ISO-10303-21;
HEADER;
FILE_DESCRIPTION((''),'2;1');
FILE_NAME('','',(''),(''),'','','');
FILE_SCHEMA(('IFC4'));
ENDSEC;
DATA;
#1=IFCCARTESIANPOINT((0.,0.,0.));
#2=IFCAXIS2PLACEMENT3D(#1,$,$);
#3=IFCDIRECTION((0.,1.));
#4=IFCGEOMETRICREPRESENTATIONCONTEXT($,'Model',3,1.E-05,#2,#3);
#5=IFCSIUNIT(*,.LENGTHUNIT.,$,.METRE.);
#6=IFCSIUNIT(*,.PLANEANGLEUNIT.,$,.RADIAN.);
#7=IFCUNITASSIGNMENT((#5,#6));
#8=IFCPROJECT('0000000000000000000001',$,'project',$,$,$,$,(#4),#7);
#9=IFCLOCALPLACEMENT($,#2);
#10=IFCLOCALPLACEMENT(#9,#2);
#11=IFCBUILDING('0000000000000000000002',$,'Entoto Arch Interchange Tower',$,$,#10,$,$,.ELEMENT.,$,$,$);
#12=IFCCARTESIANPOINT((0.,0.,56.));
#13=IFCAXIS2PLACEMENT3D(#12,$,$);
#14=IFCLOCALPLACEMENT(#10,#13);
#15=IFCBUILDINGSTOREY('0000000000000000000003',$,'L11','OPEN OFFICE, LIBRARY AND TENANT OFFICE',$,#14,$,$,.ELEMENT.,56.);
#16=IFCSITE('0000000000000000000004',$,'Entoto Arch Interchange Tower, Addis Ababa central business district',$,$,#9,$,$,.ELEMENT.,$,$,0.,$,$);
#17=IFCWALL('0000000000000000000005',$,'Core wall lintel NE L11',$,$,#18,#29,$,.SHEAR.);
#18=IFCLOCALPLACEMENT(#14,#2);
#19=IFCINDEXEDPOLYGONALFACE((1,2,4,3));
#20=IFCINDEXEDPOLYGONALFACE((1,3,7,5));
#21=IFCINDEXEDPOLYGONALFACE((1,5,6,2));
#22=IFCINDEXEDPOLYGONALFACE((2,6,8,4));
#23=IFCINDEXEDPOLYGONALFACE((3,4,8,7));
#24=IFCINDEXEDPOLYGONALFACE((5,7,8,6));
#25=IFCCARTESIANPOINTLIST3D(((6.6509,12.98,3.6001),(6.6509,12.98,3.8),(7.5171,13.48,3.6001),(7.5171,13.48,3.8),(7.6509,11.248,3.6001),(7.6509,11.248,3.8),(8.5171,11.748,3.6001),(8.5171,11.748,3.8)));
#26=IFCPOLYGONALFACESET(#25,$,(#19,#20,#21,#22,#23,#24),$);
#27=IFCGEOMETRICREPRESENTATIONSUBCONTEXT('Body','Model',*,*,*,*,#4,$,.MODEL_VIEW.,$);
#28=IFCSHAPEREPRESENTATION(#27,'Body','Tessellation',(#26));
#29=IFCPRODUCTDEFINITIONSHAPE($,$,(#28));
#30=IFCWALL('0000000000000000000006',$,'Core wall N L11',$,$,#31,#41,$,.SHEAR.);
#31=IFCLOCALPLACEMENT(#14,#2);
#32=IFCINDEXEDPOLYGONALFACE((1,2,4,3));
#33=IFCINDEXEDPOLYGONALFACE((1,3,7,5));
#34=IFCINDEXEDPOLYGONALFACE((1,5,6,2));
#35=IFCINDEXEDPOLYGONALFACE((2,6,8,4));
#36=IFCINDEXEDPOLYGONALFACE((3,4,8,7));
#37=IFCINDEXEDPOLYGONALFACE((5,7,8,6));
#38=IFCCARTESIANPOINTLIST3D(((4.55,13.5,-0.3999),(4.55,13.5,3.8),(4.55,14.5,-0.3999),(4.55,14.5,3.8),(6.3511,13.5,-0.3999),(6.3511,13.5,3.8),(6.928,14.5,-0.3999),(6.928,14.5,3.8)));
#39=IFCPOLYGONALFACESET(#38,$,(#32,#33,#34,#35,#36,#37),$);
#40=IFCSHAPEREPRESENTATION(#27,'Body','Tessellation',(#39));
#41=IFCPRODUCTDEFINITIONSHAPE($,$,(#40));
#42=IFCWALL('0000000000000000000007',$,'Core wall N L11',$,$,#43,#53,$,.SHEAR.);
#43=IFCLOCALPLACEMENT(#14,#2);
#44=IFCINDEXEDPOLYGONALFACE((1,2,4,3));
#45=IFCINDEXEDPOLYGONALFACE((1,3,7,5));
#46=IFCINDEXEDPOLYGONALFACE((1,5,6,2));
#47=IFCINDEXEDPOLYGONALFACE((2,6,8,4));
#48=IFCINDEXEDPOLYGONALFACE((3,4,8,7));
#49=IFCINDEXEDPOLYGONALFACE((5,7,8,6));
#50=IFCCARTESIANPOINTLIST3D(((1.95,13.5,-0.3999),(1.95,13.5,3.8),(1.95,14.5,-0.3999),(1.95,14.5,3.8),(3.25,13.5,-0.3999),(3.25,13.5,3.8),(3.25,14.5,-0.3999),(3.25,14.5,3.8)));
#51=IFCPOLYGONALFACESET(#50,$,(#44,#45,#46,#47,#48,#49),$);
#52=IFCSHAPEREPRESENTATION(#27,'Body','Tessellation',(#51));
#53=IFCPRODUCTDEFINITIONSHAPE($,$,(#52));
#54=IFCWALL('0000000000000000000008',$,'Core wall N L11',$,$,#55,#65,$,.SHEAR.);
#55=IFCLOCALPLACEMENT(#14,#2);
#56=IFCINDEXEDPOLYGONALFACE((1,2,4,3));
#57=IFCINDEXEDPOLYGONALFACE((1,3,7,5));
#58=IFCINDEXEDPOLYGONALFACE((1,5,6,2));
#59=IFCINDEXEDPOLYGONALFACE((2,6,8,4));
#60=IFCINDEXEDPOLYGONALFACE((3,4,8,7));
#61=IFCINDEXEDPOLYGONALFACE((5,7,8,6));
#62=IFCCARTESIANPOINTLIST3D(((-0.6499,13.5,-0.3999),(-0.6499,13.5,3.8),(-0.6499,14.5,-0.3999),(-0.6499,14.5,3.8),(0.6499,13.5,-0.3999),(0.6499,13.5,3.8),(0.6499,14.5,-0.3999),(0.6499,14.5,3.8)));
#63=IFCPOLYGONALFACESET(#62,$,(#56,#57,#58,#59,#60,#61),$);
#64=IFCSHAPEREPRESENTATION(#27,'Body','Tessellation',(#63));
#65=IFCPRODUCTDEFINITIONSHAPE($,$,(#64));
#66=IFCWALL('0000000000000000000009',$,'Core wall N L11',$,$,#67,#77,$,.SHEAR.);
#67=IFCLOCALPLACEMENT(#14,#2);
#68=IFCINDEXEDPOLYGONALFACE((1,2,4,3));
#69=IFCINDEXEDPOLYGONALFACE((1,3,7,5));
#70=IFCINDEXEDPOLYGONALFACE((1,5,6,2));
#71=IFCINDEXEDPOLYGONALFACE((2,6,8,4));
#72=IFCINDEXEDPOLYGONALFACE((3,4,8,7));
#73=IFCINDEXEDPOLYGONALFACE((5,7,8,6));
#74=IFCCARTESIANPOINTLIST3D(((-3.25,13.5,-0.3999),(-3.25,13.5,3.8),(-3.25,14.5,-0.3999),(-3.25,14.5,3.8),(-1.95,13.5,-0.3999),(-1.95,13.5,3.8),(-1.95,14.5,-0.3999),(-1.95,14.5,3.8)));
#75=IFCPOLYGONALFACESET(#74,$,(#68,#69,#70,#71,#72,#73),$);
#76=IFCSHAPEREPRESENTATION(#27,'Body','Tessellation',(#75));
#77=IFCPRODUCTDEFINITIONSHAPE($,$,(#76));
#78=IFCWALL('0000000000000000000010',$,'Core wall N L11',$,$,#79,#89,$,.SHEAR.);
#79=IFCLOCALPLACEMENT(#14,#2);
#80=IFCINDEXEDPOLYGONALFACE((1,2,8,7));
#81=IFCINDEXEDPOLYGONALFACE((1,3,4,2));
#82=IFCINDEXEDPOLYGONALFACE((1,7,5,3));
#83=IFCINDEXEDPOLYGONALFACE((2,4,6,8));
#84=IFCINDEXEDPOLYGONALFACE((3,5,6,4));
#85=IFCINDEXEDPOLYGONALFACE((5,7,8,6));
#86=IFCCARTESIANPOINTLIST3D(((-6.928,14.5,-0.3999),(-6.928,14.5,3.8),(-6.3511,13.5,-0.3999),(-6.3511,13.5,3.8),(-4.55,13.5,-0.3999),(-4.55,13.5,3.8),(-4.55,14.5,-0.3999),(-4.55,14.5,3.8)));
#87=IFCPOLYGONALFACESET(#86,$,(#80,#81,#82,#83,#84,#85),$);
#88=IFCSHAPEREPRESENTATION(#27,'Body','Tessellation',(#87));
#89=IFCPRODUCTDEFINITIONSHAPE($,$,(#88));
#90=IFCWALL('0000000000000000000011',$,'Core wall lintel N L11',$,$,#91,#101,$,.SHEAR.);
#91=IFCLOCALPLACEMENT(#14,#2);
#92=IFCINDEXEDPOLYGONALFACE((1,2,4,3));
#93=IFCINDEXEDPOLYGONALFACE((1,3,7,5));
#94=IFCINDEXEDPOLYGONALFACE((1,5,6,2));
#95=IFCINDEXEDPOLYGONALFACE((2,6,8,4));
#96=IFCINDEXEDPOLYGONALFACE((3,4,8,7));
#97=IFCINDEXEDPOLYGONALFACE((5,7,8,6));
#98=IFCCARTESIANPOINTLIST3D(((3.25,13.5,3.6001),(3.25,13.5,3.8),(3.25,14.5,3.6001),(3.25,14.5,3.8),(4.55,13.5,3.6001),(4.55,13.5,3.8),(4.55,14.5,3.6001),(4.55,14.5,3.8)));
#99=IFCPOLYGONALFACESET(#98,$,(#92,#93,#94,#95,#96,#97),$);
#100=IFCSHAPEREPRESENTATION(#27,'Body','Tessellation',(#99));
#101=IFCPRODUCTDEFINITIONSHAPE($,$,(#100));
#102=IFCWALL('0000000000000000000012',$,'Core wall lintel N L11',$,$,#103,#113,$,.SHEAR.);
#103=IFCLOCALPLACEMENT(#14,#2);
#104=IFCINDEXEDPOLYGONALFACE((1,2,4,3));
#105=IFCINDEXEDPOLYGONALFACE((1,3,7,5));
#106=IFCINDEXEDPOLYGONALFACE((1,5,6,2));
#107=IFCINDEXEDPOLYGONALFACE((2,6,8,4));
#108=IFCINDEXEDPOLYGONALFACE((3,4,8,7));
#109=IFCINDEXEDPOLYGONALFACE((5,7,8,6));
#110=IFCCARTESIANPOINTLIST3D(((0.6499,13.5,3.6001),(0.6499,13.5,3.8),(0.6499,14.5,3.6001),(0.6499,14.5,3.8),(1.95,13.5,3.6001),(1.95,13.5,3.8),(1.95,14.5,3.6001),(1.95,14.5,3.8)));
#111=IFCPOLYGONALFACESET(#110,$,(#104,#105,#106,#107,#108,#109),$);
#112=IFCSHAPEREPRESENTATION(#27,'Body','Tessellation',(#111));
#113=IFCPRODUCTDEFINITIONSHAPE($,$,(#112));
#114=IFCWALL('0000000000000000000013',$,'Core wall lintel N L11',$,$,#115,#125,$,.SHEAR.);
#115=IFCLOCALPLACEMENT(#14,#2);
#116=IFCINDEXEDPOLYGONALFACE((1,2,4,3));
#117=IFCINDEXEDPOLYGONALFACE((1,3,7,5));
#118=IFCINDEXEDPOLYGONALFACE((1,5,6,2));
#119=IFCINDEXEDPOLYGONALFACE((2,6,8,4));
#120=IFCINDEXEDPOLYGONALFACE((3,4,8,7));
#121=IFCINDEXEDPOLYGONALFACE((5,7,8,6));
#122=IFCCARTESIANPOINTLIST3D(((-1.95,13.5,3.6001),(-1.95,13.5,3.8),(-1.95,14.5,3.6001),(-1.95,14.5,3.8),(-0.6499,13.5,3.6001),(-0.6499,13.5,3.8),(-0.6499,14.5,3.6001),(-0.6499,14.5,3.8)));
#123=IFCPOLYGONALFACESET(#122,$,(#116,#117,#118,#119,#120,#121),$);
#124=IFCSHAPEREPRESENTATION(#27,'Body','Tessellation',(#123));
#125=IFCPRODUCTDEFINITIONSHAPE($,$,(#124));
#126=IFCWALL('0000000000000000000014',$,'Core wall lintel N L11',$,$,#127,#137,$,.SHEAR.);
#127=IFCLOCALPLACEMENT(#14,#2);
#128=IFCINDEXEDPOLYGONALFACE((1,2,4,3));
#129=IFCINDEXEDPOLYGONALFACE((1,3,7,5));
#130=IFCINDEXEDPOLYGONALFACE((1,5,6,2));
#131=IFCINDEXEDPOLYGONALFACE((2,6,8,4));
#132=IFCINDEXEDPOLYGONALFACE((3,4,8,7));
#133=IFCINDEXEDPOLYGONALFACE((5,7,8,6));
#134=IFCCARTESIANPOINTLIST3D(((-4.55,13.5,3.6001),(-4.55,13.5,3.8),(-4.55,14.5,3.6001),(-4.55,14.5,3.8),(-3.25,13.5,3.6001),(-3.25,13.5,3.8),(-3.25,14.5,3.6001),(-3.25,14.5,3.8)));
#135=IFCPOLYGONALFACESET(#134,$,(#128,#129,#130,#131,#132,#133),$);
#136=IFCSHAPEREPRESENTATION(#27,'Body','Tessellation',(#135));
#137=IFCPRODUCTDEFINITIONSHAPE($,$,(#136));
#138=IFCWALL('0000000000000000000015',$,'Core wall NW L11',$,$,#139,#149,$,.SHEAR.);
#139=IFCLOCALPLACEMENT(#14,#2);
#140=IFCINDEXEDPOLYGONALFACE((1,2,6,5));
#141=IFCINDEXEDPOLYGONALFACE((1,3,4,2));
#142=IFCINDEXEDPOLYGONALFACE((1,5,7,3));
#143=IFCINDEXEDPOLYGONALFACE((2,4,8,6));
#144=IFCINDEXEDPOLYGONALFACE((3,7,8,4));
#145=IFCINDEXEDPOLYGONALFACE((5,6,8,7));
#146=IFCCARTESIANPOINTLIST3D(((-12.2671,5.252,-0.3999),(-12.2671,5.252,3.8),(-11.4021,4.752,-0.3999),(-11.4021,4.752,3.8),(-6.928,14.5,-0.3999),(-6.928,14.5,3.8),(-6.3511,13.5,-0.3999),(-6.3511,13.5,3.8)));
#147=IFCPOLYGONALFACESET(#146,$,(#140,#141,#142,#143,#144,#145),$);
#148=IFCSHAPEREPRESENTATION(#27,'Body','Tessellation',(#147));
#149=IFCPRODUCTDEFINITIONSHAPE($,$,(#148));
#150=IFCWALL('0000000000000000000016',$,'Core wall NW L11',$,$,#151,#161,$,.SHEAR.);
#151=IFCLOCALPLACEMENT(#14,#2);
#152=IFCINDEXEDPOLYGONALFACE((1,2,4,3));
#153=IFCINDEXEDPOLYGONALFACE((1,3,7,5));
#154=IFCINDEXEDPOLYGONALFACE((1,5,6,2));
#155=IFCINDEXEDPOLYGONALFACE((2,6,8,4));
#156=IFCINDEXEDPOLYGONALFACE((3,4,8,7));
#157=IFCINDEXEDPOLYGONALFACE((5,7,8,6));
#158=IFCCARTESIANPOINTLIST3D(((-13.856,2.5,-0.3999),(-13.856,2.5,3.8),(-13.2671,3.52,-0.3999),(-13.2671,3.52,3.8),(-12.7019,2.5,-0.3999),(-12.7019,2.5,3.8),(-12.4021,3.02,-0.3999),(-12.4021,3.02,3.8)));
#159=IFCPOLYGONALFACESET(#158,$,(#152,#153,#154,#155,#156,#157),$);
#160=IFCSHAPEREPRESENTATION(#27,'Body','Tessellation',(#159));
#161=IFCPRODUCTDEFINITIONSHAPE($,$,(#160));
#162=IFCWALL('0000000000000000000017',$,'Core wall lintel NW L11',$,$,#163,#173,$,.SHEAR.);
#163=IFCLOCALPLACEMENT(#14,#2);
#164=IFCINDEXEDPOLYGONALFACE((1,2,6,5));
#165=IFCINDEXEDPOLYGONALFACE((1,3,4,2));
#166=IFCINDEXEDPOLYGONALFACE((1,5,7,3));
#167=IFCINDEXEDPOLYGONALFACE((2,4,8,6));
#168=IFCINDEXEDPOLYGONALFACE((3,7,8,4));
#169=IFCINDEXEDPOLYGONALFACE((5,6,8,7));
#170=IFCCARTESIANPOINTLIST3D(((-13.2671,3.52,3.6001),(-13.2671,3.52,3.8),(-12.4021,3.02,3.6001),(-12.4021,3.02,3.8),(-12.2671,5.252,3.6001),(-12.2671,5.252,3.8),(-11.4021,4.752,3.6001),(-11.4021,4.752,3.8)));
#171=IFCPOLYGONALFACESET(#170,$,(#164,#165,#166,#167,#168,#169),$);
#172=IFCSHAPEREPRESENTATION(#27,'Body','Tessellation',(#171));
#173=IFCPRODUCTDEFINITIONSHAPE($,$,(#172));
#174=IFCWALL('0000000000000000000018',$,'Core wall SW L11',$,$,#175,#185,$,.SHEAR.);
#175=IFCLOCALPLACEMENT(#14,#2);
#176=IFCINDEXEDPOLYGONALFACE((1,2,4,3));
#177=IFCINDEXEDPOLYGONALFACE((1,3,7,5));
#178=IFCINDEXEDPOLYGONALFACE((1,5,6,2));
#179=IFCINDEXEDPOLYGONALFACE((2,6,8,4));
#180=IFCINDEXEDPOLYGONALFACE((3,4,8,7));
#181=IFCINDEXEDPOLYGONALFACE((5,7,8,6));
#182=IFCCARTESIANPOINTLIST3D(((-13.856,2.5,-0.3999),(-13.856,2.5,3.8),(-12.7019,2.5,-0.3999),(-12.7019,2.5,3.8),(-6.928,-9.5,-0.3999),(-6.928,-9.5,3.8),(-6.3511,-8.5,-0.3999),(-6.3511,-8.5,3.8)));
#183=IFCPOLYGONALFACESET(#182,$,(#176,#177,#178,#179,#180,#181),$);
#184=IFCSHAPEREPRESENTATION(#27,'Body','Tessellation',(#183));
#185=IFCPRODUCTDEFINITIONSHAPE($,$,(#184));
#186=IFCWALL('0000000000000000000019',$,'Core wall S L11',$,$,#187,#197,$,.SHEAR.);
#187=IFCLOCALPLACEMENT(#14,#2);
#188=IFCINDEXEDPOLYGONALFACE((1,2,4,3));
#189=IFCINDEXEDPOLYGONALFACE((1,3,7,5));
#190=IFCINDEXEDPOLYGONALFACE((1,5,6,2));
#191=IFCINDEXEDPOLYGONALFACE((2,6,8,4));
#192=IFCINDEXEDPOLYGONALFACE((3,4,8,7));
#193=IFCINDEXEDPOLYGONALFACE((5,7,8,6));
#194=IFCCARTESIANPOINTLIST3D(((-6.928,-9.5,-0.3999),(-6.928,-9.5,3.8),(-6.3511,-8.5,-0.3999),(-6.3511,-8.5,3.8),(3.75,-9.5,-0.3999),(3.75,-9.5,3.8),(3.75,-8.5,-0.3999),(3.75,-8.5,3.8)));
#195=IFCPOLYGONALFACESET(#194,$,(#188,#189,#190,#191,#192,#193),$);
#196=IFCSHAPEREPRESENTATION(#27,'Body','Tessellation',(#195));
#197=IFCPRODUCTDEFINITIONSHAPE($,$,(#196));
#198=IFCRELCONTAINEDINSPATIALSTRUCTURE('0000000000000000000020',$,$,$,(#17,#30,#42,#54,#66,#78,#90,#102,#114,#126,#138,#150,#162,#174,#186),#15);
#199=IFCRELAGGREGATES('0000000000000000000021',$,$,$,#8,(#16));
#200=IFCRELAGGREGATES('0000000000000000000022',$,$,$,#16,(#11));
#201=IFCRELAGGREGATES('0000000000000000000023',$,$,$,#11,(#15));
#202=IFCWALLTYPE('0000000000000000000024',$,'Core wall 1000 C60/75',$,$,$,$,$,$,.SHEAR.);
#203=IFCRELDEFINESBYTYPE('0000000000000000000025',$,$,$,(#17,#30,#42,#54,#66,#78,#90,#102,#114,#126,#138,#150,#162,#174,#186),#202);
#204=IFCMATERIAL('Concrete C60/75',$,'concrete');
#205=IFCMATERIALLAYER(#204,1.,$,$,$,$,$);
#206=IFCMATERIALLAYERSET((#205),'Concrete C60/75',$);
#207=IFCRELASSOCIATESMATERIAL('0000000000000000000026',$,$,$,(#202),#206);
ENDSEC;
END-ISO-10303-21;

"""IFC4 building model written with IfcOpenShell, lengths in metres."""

from ifc_helpers import new_model, si_unit, direction, frame, origin, place, context, subcontext, project, spatial, polyline, outline, extrude, material, layer, layer_set, type_object, element, save


model = new_model("IFC4")

# Units and contexts
model_context = context("Model", 3, precision=1e-05, world=origin(), true_north=direction((0.0, 1.0)))
body_context = subcontext(model_context, "Body", "Model", "MODEL_VIEW")
ifc_project = project(units=[si_unit("LENGTHUNIT", "METRE"), si_unit("PLANEANGLEUNIT", "RADIAN")], contexts=[model_context])

# Site, building, storey
site_placement = place(None, origin())
site = spatial("IfcSite", under=ifc_project, at=site_placement, Name="Entoto Arch Interchange Tower, Addis Ababa central business district", CompositionType="ELEMENT", RefElevation=0.0)
building_placement = place(site_placement, origin())
building = spatial("IfcBuilding", under=site, at=building_placement, Name="Entoto Arch Interchange Tower", CompositionType="ELEMENT")
storey_placement = place(building_placement, frame((0.0, 0.0, 56.0)))
storey = spatial("IfcBuildingStorey", under=building, at=storey_placement, Name="L11", Description="OPEN OFFICE, LIBRARY AND TENANT OFFICE", CompositionType="ELEMENT", Elevation=56.0)

# Walls
ifc_material_1 = material(Name="Concrete C60/75", Category="concrete")
ifc_layer_1 = layer(ifc_material_1, 1.0)
ifc_layer_set_1 = layer_set([ifc_layer_1], Name="Concrete C60/75")
wall_type_1 = type_object("IfcWallType", Name="Core wall 1000 C60/75", PredefinedType="SHEAR", material=ifc_layer_set_1)
wall_1_placement = place(storey_placement, frame((0.0, 0.0, 3.6001)))
element("IfcWall", 1, at=wall_1_placement, inside=storey, type_object=wall_type_1, Name="Core wall lintel NE L11", PredefinedType="SHEAR", context=body_context, shape_type="SweptSolid", body=[
    extrude(outline(polyline([(7.5171, 13.48), (6.6509, 12.98), (7.6509, 11.248), (8.5171, 11.748), (7.5171, 13.48)])), origin(), (0.0, 0.0, 1.0), 0.2),
])
wall_2_placement = place(storey_placement, frame((0.0, 0.0, -0.3999)))
element("IfcWall", 2, at=wall_2_placement, inside=storey, type_object=wall_type_1, Name="Core wall N L11", PredefinedType="SHEAR", context=body_context, shape_type="SweptSolid", body=[
    extrude(outline(polyline([(4.55, 14.5), (4.55, 13.5), (6.3511, 13.5), (6.928, 14.5), (4.55, 14.5)])), origin(), (0.0, 0.0, 1.0), 4.2),
])
wall_3_placement = place(storey_placement, frame((0.0, 0.0, -0.3999)))
element("IfcWall", 3, at=wall_3_placement, inside=storey, type_object=wall_type_1, Name="Core wall N L11", PredefinedType="SHEAR", context=body_context, shape_type="SweptSolid", body=[
    extrude(outline(polyline([(1.95, 14.5), (1.95, 13.5), (3.25, 13.5), (3.25, 14.5), (1.95, 14.5)])), origin(), (0.0, 0.0, 1.0), 4.2),
])
wall_4_placement = place(storey_placement, frame((0.0, 0.0, -0.3999)))
element("IfcWall", 4, at=wall_4_placement, inside=storey, type_object=wall_type_1, Name="Core wall N L11", PredefinedType="SHEAR", context=body_context, shape_type="SweptSolid", body=[
    extrude(outline(polyline([(-0.6499, 14.5), (-0.6499, 13.5), (0.6499, 13.5), (0.6499, 14.5), (-0.6499, 14.5)])), origin(), (0.0, 0.0, 1.0), 4.2),
])
wall_5_placement = place(storey_placement, frame((0.0, 0.0, -0.3999)))
element("IfcWall", 5, at=wall_5_placement, inside=storey, type_object=wall_type_1, Name="Core wall N L11", PredefinedType="SHEAR", context=body_context, shape_type="SweptSolid", body=[
    extrude(outline(polyline([(-3.25, 14.5), (-3.25, 13.5), (-1.95, 13.5), (-1.95, 14.5), (-3.25, 14.5)])), origin(), (0.0, 0.0, 1.0), 4.2),
])
wall_6_placement = place(storey_placement, frame((0.0, 0.0, -0.3999)))
element("IfcWall", 6, at=wall_6_placement, inside=storey, type_object=wall_type_1, Name="Core wall N L11", PredefinedType="SHEAR", context=body_context, shape_type="SweptSolid", body=[
    extrude(outline(polyline([(-4.55, 13.5), (-4.55, 14.5), (-6.928, 14.5), (-6.3511, 13.5), (-4.55, 13.5)])), origin(), (0.0, 0.0, 1.0), 4.2),
])
wall_7_placement = place(storey_placement, frame((0.0, 0.0, 3.6001)))
element("IfcWall", 7, at=wall_7_placement, inside=storey, type_object=wall_type_1, Name="Core wall lintel N L11", PredefinedType="SHEAR", context=body_context, shape_type="SweptSolid", body=[
    extrude(outline(polyline([(3.25, 14.5), (3.25, 13.5), (4.55, 13.5), (4.55, 14.5), (3.25, 14.5)])), origin(), (0.0, 0.0, 1.0), 0.2),
])
wall_8_placement = place(storey_placement, frame((0.0, 0.0, 3.6001)))
element("IfcWall", 8, at=wall_8_placement, inside=storey, type_object=wall_type_1, Name="Core wall lintel N L11", PredefinedType="SHEAR", context=body_context, shape_type="SweptSolid", body=[
    extrude(outline(polyline([(0.6499, 14.5), (0.6499, 13.5), (1.95, 13.5), (1.95, 14.5), (0.6499, 14.5)])), origin(), (0.0, 0.0, 1.0), 0.2),
])
wall_9_placement = place(storey_placement, frame((0.0, 0.0, 3.6001)))
element("IfcWall", 9, at=wall_9_placement, inside=storey, type_object=wall_type_1, Name="Core wall lintel N L11", PredefinedType="SHEAR", context=body_context, shape_type="SweptSolid", body=[
    extrude(outline(polyline([(-1.95, 14.5), (-1.95, 13.5), (-0.6499, 13.5), (-0.6499, 14.5), (-1.95, 14.5)])), origin(), (0.0, 0.0, 1.0), 0.2),
])
wall_10_placement = place(storey_placement, frame((0.0, 0.0, 3.6001)))
element("IfcWall", 10, at=wall_10_placement, inside=storey, type_object=wall_type_1, Name="Core wall lintel N L11", PredefinedType="SHEAR", context=body_context, shape_type="SweptSolid", body=[
    extrude(outline(polyline([(-4.55, 14.5), (-4.55, 13.5), (-3.25, 13.5), (-3.25, 14.5), (-4.55, 14.5)])), origin(), (0.0, 0.0, 1.0), 0.2),
])
wall_11_placement = place(storey_placement, frame((0.0, 0.0, -0.3999)))
element("IfcWall", 11, at=wall_11_placement, inside=storey, type_object=wall_type_1, Name="Core wall NW L11", PredefinedType="SHEAR", context=body_context, shape_type="SweptSolid", body=[
    extrude(outline(polyline([(-12.2671, 5.252), (-11.4021, 4.752), (-6.3511, 13.5), (-6.928, 14.5), (-12.2671, 5.252)])), origin(), (0.0, 0.0, 1.0), 4.2),
])
wall_12_placement = place(storey_placement, frame((0.0, 0.0, -0.3999)))
element("IfcWall", 12, at=wall_12_placement, inside=storey, type_object=wall_type_1, Name="Core wall NW L11", PredefinedType="SHEAR", context=body_context, shape_type="SweptSolid", body=[
    extrude(outline(polyline([(-12.4021, 3.02), (-13.2671, 3.52), (-13.856, 2.5), (-12.7019, 2.5), (-12.4021, 3.02)])), origin(), (0.0, 0.0, 1.0), 4.2),
])
wall_13_placement = place(storey_placement, frame((0.0, 0.0, 3.6001)))
element("IfcWall", 13, at=wall_13_placement, inside=storey, type_object=wall_type_1, Name="Core wall lintel NW L11", PredefinedType="SHEAR", context=body_context, shape_type="SweptSolid", body=[
    extrude(outline(polyline([(-13.2671, 3.52), (-12.4021, 3.02), (-11.4021, 4.752), (-12.2671, 5.252), (-13.2671, 3.52)])), origin(), (0.0, 0.0, 1.0), 0.2),
])
wall_14_placement = place(storey_placement, frame((0.0, 0.0, -0.3999)))
element("IfcWall", 14, at=wall_14_placement, inside=storey, type_object=wall_type_1, Name="Core wall SW L11", PredefinedType="SHEAR", context=body_context, shape_type="SweptSolid", body=[
    extrude(outline(polyline([(-13.856, 2.5), (-6.928, -9.5), (-6.3511, -8.5), (-12.7019, 2.5), (-13.856, 2.5)])), origin(), (0.0, 0.0, 1.0), 4.2),
])
wall_15_placement = place(storey_placement, frame((0.0, 0.0, -0.3999)))
element("IfcWall", 15, at=wall_15_placement, inside=storey, type_object=wall_type_1, Name="Core wall S L11", PredefinedType="SHEAR", context=body_context, shape_type="SweptSolid", body=[
    extrude(outline(polyline([(3.75, -9.5), (3.75, -8.5), (-6.3511, -8.5), (-6.928, -9.5), (3.75, -9.5)])), origin(), (0.0, 0.0, 1.0), 4.2),
])

save(model, "model.ifc")
